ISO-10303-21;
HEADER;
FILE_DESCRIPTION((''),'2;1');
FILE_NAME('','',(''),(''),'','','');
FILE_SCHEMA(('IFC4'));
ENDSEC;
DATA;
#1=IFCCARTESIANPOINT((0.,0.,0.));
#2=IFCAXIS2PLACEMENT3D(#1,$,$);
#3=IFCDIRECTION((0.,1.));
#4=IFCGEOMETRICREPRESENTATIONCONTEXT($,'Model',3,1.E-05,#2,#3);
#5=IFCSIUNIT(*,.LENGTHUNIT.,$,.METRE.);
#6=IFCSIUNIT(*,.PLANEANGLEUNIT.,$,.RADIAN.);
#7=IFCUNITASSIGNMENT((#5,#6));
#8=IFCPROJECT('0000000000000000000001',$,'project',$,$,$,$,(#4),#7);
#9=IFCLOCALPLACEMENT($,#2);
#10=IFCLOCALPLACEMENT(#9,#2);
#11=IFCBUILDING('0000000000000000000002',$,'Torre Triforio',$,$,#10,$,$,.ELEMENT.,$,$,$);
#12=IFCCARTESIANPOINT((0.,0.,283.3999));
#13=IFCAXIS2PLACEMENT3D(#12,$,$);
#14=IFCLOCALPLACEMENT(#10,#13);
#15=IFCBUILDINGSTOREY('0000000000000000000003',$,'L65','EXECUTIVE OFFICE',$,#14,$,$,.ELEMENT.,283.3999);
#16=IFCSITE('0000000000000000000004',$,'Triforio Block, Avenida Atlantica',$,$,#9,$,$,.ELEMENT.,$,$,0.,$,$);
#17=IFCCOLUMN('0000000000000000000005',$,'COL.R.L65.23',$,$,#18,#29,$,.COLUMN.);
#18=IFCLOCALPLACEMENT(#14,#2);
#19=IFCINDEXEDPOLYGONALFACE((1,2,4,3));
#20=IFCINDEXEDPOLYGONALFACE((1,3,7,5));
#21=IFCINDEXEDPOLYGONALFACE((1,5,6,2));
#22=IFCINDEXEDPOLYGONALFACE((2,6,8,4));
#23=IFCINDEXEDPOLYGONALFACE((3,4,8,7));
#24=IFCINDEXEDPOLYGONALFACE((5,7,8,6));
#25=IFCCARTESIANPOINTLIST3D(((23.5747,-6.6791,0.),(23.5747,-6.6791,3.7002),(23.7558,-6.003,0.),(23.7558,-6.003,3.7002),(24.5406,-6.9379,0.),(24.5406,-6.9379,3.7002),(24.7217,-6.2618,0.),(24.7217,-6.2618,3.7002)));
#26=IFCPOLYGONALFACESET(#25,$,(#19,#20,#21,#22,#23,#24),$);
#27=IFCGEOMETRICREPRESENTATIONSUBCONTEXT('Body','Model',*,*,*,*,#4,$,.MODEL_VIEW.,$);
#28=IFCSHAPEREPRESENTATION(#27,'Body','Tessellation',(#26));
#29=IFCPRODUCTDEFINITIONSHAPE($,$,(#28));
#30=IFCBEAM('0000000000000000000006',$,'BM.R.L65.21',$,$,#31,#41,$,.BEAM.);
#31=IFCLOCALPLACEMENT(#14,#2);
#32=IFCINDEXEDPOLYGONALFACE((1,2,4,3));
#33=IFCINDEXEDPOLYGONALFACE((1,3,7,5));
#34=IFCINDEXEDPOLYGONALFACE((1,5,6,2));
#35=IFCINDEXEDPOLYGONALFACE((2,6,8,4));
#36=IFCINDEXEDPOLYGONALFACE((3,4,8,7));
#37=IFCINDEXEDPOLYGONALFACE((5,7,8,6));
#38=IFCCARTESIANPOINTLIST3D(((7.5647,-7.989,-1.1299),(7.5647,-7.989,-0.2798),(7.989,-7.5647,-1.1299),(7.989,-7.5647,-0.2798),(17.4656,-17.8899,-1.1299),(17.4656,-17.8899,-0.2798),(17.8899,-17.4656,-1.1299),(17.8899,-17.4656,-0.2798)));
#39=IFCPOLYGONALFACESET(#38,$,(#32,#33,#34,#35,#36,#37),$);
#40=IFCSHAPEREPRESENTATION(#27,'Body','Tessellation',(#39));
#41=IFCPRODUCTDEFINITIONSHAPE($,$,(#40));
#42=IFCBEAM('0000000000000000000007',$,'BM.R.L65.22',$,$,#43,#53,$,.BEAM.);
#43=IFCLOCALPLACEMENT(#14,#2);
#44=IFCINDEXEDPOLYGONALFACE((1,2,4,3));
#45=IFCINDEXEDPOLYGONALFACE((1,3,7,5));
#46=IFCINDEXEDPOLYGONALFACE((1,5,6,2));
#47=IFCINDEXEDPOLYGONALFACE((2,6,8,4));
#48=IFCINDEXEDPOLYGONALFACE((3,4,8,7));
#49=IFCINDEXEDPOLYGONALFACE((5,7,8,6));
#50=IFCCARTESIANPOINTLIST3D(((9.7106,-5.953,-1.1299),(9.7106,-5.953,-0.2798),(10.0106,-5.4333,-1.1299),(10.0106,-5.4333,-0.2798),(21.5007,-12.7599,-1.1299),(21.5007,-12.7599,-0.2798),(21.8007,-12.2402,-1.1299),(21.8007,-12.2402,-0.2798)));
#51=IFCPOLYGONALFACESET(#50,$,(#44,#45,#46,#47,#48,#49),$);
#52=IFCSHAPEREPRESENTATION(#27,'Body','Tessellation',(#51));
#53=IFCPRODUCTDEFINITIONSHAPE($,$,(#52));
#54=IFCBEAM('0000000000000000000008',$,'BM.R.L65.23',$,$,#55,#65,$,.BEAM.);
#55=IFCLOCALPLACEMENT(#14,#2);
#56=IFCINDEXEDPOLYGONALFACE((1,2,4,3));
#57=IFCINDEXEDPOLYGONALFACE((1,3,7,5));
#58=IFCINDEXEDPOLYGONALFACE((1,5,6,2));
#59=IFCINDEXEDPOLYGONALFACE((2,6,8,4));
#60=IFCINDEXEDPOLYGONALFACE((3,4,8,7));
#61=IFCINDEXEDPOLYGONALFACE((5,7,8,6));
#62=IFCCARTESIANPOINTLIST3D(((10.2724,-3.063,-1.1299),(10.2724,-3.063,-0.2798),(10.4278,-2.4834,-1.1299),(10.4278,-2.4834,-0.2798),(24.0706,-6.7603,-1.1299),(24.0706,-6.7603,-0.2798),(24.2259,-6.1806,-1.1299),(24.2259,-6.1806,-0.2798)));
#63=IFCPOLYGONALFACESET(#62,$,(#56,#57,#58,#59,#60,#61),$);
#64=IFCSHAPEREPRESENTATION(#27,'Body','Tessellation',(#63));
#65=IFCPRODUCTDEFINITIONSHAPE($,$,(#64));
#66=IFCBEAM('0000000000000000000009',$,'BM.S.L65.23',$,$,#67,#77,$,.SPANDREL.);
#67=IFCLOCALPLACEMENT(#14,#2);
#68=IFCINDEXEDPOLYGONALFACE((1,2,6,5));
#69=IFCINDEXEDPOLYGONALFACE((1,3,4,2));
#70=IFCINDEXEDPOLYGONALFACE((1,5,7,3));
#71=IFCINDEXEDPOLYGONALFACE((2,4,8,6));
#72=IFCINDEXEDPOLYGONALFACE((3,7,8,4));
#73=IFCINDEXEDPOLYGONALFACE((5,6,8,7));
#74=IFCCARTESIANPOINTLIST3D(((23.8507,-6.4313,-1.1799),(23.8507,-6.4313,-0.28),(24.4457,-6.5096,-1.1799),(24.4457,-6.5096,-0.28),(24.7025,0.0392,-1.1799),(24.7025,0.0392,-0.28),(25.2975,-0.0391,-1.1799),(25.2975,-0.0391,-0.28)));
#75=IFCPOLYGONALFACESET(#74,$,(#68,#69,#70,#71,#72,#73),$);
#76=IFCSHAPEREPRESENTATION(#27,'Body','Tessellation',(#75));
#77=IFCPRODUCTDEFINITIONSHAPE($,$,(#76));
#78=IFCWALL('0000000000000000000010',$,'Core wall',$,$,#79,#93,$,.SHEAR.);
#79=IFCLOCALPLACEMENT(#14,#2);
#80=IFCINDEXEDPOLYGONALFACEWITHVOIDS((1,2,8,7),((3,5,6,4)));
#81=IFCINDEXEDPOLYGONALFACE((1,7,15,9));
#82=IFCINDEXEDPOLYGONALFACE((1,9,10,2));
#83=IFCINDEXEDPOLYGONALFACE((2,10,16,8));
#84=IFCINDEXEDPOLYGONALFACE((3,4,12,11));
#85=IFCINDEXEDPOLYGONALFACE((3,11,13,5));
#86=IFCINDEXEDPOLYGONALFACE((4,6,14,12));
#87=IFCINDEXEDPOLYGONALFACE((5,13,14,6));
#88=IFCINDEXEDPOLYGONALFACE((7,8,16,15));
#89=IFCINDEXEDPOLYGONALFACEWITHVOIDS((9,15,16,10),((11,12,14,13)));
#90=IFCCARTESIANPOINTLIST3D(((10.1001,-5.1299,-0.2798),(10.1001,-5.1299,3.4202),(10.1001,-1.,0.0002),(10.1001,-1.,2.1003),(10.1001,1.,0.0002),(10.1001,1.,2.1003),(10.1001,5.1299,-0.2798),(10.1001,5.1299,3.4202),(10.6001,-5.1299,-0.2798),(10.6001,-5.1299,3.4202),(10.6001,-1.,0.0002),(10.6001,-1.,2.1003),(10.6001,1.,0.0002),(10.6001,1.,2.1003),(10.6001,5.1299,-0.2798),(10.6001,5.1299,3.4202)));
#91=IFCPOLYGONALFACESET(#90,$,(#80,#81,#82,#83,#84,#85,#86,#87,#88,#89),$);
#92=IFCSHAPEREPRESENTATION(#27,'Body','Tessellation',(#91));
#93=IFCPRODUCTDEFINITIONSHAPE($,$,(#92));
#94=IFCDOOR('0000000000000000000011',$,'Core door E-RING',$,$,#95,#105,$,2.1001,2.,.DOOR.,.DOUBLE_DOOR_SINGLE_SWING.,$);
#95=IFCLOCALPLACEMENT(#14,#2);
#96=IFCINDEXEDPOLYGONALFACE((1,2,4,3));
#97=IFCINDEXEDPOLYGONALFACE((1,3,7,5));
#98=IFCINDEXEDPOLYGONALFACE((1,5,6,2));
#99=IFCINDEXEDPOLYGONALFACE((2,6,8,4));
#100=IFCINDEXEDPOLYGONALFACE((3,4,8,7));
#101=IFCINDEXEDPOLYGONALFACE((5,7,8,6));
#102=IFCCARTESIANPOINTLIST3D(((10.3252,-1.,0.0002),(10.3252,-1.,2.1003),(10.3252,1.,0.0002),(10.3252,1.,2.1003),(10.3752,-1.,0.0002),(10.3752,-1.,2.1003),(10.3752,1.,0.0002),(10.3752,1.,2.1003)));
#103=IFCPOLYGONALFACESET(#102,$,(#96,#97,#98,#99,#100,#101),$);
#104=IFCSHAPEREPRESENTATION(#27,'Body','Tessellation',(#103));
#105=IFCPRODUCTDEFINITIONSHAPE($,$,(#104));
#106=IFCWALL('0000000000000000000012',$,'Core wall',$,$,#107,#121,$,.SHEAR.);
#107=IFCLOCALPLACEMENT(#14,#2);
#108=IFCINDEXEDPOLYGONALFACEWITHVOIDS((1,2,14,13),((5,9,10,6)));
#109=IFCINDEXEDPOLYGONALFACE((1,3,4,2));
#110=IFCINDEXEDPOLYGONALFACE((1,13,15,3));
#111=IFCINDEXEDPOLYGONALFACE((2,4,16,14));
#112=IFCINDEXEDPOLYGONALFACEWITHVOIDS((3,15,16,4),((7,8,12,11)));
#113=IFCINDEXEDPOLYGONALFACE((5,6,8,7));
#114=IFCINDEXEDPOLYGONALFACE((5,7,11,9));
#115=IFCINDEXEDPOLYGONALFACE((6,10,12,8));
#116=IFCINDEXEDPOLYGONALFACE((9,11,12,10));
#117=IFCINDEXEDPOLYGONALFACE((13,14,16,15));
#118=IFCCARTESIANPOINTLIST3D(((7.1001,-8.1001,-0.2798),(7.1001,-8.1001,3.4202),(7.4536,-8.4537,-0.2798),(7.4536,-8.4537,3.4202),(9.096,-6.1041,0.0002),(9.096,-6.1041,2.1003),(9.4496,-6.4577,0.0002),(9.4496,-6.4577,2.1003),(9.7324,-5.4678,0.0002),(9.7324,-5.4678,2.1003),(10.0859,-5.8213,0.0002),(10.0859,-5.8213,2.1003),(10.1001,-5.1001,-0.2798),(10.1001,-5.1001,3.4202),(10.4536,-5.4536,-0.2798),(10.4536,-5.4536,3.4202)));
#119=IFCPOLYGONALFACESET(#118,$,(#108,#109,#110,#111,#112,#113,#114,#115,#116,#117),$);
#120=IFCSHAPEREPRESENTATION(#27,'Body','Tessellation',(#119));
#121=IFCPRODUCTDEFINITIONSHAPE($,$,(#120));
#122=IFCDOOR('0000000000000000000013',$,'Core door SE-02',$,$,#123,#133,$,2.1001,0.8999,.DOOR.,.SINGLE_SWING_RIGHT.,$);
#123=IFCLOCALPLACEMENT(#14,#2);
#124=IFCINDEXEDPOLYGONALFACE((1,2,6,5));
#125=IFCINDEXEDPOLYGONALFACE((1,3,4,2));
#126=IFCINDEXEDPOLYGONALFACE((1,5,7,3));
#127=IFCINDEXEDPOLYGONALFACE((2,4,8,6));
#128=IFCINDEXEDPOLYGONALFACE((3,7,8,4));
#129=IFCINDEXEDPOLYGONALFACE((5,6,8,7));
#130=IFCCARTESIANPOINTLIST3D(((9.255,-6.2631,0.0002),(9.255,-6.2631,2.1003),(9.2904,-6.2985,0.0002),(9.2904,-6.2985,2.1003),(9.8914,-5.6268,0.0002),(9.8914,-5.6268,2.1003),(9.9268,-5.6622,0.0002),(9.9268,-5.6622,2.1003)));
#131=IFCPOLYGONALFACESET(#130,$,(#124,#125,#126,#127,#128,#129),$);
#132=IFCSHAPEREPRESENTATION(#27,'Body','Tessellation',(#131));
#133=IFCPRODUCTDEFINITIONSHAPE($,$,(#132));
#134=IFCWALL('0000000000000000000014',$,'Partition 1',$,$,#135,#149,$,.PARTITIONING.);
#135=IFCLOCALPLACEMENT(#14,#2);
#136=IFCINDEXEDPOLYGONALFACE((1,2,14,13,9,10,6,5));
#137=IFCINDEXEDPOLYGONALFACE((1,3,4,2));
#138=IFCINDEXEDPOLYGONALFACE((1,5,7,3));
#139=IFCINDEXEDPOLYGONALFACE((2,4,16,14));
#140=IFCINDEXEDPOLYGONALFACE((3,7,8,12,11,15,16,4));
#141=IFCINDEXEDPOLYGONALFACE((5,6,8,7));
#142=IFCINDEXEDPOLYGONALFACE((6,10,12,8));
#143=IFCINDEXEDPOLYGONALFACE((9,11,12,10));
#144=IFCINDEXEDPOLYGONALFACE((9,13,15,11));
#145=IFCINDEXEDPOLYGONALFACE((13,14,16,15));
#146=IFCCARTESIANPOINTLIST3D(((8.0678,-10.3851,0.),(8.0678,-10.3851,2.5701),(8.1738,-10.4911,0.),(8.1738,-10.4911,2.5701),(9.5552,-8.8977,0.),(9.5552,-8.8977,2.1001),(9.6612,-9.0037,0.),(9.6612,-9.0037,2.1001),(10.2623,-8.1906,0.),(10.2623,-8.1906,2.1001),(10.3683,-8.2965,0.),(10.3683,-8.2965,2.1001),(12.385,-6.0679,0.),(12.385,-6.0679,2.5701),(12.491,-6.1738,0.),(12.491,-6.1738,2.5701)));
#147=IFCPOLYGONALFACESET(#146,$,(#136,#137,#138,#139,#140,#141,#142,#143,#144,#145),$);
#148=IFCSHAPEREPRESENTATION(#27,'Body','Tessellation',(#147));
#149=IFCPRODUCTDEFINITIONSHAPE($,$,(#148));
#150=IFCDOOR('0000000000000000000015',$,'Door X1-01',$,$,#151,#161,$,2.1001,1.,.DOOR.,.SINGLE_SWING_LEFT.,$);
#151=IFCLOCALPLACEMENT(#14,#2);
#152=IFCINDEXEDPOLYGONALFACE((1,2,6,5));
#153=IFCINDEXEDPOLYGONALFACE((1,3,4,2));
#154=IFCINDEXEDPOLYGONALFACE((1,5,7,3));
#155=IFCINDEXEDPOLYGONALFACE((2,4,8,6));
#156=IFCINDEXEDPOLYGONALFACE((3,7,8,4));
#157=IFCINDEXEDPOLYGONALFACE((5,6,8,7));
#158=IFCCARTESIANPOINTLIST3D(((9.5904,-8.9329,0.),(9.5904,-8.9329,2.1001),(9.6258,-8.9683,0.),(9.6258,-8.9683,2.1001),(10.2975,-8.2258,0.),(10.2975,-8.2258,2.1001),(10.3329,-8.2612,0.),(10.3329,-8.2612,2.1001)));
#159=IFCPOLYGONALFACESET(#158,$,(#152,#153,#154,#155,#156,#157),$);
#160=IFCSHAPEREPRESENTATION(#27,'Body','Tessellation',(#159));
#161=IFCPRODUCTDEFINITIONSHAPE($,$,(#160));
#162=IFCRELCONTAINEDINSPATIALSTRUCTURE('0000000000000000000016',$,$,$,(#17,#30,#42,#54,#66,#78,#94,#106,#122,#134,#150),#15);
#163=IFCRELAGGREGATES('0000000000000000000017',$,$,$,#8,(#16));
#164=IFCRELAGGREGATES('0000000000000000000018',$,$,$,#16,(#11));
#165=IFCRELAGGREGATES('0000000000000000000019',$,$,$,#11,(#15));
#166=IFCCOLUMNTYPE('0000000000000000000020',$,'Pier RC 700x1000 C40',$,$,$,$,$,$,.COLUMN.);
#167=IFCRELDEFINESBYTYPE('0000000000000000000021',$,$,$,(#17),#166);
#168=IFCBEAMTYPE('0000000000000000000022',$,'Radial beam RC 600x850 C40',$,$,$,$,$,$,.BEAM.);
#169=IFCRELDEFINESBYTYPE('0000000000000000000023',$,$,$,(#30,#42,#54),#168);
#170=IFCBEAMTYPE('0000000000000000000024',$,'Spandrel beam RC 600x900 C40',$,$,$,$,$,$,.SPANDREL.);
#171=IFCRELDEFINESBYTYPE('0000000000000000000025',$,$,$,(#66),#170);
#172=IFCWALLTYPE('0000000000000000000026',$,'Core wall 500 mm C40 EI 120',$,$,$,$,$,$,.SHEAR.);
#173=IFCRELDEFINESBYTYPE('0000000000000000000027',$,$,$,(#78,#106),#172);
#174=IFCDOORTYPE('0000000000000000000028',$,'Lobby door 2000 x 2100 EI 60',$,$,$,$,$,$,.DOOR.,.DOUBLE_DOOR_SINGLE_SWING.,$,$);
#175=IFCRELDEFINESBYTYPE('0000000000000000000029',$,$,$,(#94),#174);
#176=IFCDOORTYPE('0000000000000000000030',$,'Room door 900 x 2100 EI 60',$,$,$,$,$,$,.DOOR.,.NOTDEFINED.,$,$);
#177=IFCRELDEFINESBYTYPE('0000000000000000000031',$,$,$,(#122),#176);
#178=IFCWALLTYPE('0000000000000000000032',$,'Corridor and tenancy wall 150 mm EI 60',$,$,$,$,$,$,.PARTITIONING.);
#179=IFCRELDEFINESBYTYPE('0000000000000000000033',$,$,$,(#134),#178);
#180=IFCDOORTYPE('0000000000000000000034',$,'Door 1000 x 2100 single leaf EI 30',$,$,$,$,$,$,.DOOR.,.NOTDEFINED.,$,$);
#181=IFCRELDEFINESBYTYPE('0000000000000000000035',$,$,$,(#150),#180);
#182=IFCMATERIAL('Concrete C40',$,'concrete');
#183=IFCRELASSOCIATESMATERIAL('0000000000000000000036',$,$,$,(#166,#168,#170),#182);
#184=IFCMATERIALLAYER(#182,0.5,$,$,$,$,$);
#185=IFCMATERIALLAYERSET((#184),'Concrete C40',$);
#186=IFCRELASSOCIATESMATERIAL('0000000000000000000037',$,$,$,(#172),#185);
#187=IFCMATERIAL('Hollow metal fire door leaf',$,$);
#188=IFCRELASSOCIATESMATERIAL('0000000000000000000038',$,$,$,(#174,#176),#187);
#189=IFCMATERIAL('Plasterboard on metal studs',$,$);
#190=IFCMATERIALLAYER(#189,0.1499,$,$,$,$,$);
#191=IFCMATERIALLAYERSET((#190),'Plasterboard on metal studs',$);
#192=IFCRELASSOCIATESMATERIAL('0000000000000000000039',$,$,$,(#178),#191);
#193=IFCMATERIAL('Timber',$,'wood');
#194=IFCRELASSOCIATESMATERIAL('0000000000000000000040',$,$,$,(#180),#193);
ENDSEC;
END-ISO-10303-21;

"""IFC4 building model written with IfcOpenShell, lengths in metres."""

from ifc_helpers import new_model, si_unit, direction, frame, frame_2d, origin, origin_2d, place, context, subcontext, project, spatial, rectangle, extrude, material, layer, layer_set, material_profile, profile_set, type_object, element, fill, save


model = new_model("IFC4")

# Units and contexts
model_context = context("Model", 3, precision=1e-05, world=origin(), true_north=direction((0.0, 1.0)))
body_context = subcontext(model_context, "Body", "Model", "MODEL_VIEW")
ifc_project = project(units=[si_unit("LENGTHUNIT", "METRE"), si_unit("PLANEANGLEUNIT", "RADIAN")], contexts=[model_context])

# Site, building, storey
site_placement = place(None, origin())
site = spatial("IfcSite", under=ifc_project, at=site_placement, Name="Triforio Block, Avenida Atlantica", CompositionType="ELEMENT", RefElevation=0.0)
building_placement = place(site_placement, origin())
building = spatial("IfcBuilding", under=site, at=building_placement, Name="Torre Triforio", CompositionType="ELEMENT")
storey_placement = place(building_placement, frame((0.0, 0.0, 283.3999)))
storey = spatial("IfcBuildingStorey", under=building, at=storey_placement, Name="L65", Description="EXECUTIVE OFFICE", CompositionType="ELEMENT", Elevation=283.3999)

# Column
ifc_material_1 = material(Name="Concrete C40", Category="concrete")
ifc_material_profile_1 = material_profile(ifc_material_1, rectangle(XDim=0.7, YDim=1.0, at=origin_2d()), Name="RC 700x1000")
ifc_profile_set_1 = profile_set([ifc_material_profile_1], Name="Concrete C40")
column_type = type_object("IfcColumnType", Name="Pier RC 700x1000 C40", PredefinedType="COLUMN", material=ifc_profile_set_1)
column_placement = place(storey_placement, frame((24.1482, -6.4705, 0.0), z_axis=(0.0, 0.0, 1.0), x_axis=(0.258819, 0.965926, 0.0)))
element("IfcColumn", 1, at=column_placement, inside=storey, type_object=column_type, Name="COL.R.L65.23", PredefinedType="COLUMN", context=body_context, shape_type="SweptSolid", body=[
    extrude(rectangle(XDim=0.7, YDim=1.0, at=origin_2d()), origin(), (0.0, 0.0, 1.0), 3.7002),
])

# Beams
ifc_material_profile_2 = material_profile(ifc_material_1, rectangle(XDim=0.6001, YDim=0.8501, at=origin_2d()), Name="RC 600x850")
ifc_profile_set_2 = profile_set([ifc_material_profile_2], Name="Concrete C40")
beam_type_1 = type_object("IfcBeamType", Name="Radial beam RC 600x850 C40", PredefinedType="BEAM", material=ifc_profile_set_2)
beam_1_placement = place(storey_placement, frame((7.7769, -7.7769, -0.7048), z_axis=(0.707107, -0.707107, 0.0), x_axis=(0.707107, 0.707107, 0.0)))
element("IfcBeam", 2, at=beam_1_placement, inside=storey, type_object=beam_type_1, Name="BM.R.L65.21", PredefinedType="BEAM", context=body_context, shape_type="SweptSolid", body=[
    extrude(rectangle(XDim=0.6001, YDim=0.8501, at=origin_2d()), origin(), (0.0, 0.0, 1.0), 14.002),
])
beam_2_placement = place(storey_placement, frame((9.8606, -5.6931, -0.7048), z_axis=(0.866029, -0.499995, 0.0), x_axis=(0.499995, 0.866029, 0.0)))
element("IfcBeam", 3, at=beam_2_placement, inside=storey, type_object=beam_type_1, Name="BM.R.L65.22", PredefinedType="BEAM", context=body_context, shape_type="SweptSolid", body=[
    extrude(rectangle(XDim=0.6001, YDim=0.8501, at=origin_2d()), origin(), (0.0, 0.0, 1.0), 13.614),
])
beam_3_placement = place(storey_placement, frame((10.3501, -2.7732, -0.7048), z_axis=(0.965924, -0.258824, 0.0), x_axis=(0.258824, 0.965924, 0.0)))
element("IfcBeam", 4, at=beam_3_placement, inside=storey, type_object=beam_type_1, Name="BM.R.L65.23", PredefinedType="BEAM", context=body_context, shape_type="SweptSolid", body=[
    extrude(rectangle(XDim=0.6001, YDim=0.8501, at=origin_2d()), origin(), (0.0, 0.0, 1.0), 14.2849),
])
ifc_material_profile_3 = material_profile(ifc_material_1, rectangle(XDim=0.6001, YDim=0.8999, at=origin_2d()), Name="RC 600x900")
ifc_profile_set_3 = profile_set([ifc_material_profile_3], Name="Concrete C40")
beam_type_2 = type_object("IfcBeamType", Name="Spandrel beam RC 600x900 C40", PredefinedType="SPANDREL", material=ifc_profile_set_3)
beam_4_placement = place(storey_placement, frame((24.1482, -6.4705, -0.73), z_axis=(0.130519, 0.991446, 0.0), x_axis=(-0.991446, 0.130519, 0.0)))
element("IfcBeam", 5, at=beam_4_placement, inside=storey, type_object=beam_type_2, Name="BM.S.L65.23", PredefinedType="SPANDREL", context=body_context, shape_type="SweptSolid", body=[
    extrude(rectangle(XDim=0.6001, YDim=0.8999, at=origin_2d()), origin(), (0.0, 0.0, 1.0), 6.5264),
])

# Walls, openings, doors
ifc_layer_1 = layer(ifc_material_1, 0.5)
ifc_layer_set_1 = layer_set([ifc_layer_1], Name="Concrete C40")
wall_type_1 = type_object("IfcWallType", Name="Core wall 500 mm C40 EI 120", PredefinedType="SHEAR", material=ifc_layer_set_1)
wall_1_placement = place(storey_placement, frame((10.3501, -5.1299, -0.2798), z_axis=(0.0, 0.0, 1.0), x_axis=(0.0, 1.0, 0.0)))
wall_1 = element("IfcWall", 6, at=wall_1_placement, inside=storey, type_object=wall_type_1, Name="Core wall", PredefinedType="SHEAR", context=body_context, shape_type="SweptSolid", body=[
    extrude(rectangle(XDim=10.2598, YDim=0.5, at=frame_2d((5.1299, 0.0))), origin(), (0.0, 0.0, 1.0), 3.7),
])
opening_1_placement = place(wall_1_placement, frame((4.1299, 0.0, 0.28)))
opening_1 = element("IfcOpeningElement", 7, at=opening_1_placement, cuts=wall_1, PredefinedType="OPENING", context=body_context, shape_type="SweptSolid", body=[
    extrude(rectangle(XDim=2.0, YDim=2.1001, at=frame_2d((1.0, 1.05))), frame((0.0, 0.26, 0.0), z_axis=(0.0, -1.0, 0.0), x_axis=(1.0, 0.0, 0.0)), (0.0, 0.0, 1.0), 0.52),
])
ifc_material_2 = material(Name="Hollow metal fire door leaf")
door_type_1 = type_object("IfcDoorType", Name="Lobby door 2000 x 2100 EI 60", OperationType="DOUBLE_DOOR_SINGLE_SWING", PredefinedType="DOOR", material=ifc_material_2)
door_1_placement = place(opening_1_placement, origin())
door_1 = element("IfcDoor", 8, at=door_1_placement, inside=storey, type_object=door_type_1, Name="Core door E-RING", OperationType="DOUBLE_DOOR_SINGLE_SWING", OverallHeight=2.1001, OverallWidth=2.0, PredefinedType="DOOR", context=body_context, shape_type="SweptSolid", body=[
    extrude(rectangle(XDim=2.0, YDim=2.1001, at=frame_2d((1.0, 1.05))), frame((0.0, 0.0249, 0.0), z_axis=(0.0, -1.0, 0.0), x_axis=(1.0, 0.0, 0.0)), (0.0, 0.0, 1.0), 0.05),
])
fill(opening_1, door_1)
wall_2_placement = place(storey_placement, frame((10.2769, -5.2769, -0.2798), z_axis=(0.0, 0.0, 1.0), x_axis=(-0.707107, -0.707107, 0.0)))
wall_2 = element("IfcWall", 9, at=wall_2_placement, inside=storey, type_object=wall_type_1, Name="Core wall", PredefinedType="SHEAR", context=body_context, shape_type="SweptSolid", body=[
    extrude(rectangle(XDim=4.2427, YDim=0.5, at=frame_2d((2.1213, 0.0))), origin(), (0.0, 0.0, 1.0), 3.7),
])
opening_2_placement = place(wall_2_placement, frame((0.52, 0.0, 0.28)))
opening_2 = element("IfcOpeningElement", 10, at=opening_2_placement, cuts=wall_2, PredefinedType="OPENING", context=body_context, shape_type="SweptSolid", body=[
    extrude(rectangle(XDim=0.8999, YDim=2.1001, at=frame_2d((0.45, 1.05))), frame((0.0, 0.26, 0.0), z_axis=(0.0, -1.0, 0.0), x_axis=(1.0, 0.0, 0.0)), (0.0, 0.0, 1.0), 0.52),
])
door_type_2 = type_object("IfcDoorType", Name="Room door 900 x 2100 EI 60", OperationType="NOTDEFINED", PredefinedType="DOOR", material=ifc_material_2)
door_2_placement = place(opening_2_placement, origin())
door_2 = element("IfcDoor", 11, at=door_2_placement, inside=storey, type_object=door_type_2, Name="Core door SE-02", OperationType="SINGLE_SWING_RIGHT", OverallHeight=2.1001, OverallWidth=0.8999, PredefinedType="DOOR", context=body_context, shape_type="SweptSolid", body=[
    extrude(rectangle(XDim=0.8999, YDim=2.1001, at=frame_2d((0.45, 1.05))), frame((0.0, 0.0249, 0.0), z_axis=(0.0, -1.0, 0.0), x_axis=(1.0, 0.0, 0.0)), (0.0, 0.0, 1.0), 0.05),
])
fill(opening_2, door_2)
ifc_material_3 = material(Name="Plasterboard on metal studs")
ifc_layer_2 = layer(ifc_material_3, 0.1499)
ifc_layer_set_2 = layer_set([ifc_layer_2], Name="Plasterboard on metal studs")
wall_type_2 = type_object("IfcWallType", Name="Corridor and tenancy wall 150 mm EI 60", PredefinedType="PARTITIONING", material=ifc_layer_set_2)
wall_3_placement = place(storey_placement, frame((12.438, -6.1208, 0.0), z_axis=(0.0, 0.0, 1.0), x_axis=(-0.707107, -0.707107, 0.0)))
wall_3 = element("IfcWall", 12, at=wall_3_placement, inside=storey, type_object=wall_type_2, Name="Partition 1", PredefinedType="PARTITIONING", context=body_context, shape_type="SweptSolid", body=[
    extrude(rectangle(XDim=6.1055, YDim=0.1499, at=frame_2d((3.0527, 0.0))), origin(), (0.0, 0.0, 1.0), 2.5701),
])
opening_3_placement = place(wall_3_placement, frame((3.002, 0.0, 0.0)))
opening_3 = element("IfcOpeningElement", 13, at=opening_3_placement, cuts=wall_3, PredefinedType="OPENING", context=body_context, shape_type="SweptSolid", body=[
    extrude(rectangle(XDim=1.0, YDim=2.1001, at=frame_2d((0.5, 1.05))), frame((0.0, 0.085, 0.0), z_axis=(0.0, -1.0, 0.0), x_axis=(1.0, 0.0, 0.0)), (0.0, 0.0, 1.0), 0.1699),
])
ifc_material_4 = material(Name="Timber", Category="wood")
door_type_3 = type_object("IfcDoorType", Name="Door 1000 x 2100 single leaf EI 30", OperationType="NOTDEFINED", PredefinedType="DOOR", material=ifc_material_4)
door_3_placement = place(opening_3_placement, origin())
door_3 = element("IfcDoor", 14, at=door_3_placement, inside=storey, type_object=door_type_3, Name="Door X1-01", OperationType="SINGLE_SWING_LEFT", OverallHeight=2.1001, OverallWidth=1.0, PredefinedType="DOOR", context=body_context, shape_type="SweptSolid", body=[
    extrude(rectangle(XDim=1.0, YDim=2.1001, at=frame_2d((0.5, 1.05))), frame((0.0, 0.0249, 0.0), z_axis=(0.0, -1.0, 0.0), x_axis=(1.0, 0.0, 0.0)), (0.0, 0.0, 1.0), 0.05),
])
fill(opening_3, door_3)

save(model, "model.ifc")
